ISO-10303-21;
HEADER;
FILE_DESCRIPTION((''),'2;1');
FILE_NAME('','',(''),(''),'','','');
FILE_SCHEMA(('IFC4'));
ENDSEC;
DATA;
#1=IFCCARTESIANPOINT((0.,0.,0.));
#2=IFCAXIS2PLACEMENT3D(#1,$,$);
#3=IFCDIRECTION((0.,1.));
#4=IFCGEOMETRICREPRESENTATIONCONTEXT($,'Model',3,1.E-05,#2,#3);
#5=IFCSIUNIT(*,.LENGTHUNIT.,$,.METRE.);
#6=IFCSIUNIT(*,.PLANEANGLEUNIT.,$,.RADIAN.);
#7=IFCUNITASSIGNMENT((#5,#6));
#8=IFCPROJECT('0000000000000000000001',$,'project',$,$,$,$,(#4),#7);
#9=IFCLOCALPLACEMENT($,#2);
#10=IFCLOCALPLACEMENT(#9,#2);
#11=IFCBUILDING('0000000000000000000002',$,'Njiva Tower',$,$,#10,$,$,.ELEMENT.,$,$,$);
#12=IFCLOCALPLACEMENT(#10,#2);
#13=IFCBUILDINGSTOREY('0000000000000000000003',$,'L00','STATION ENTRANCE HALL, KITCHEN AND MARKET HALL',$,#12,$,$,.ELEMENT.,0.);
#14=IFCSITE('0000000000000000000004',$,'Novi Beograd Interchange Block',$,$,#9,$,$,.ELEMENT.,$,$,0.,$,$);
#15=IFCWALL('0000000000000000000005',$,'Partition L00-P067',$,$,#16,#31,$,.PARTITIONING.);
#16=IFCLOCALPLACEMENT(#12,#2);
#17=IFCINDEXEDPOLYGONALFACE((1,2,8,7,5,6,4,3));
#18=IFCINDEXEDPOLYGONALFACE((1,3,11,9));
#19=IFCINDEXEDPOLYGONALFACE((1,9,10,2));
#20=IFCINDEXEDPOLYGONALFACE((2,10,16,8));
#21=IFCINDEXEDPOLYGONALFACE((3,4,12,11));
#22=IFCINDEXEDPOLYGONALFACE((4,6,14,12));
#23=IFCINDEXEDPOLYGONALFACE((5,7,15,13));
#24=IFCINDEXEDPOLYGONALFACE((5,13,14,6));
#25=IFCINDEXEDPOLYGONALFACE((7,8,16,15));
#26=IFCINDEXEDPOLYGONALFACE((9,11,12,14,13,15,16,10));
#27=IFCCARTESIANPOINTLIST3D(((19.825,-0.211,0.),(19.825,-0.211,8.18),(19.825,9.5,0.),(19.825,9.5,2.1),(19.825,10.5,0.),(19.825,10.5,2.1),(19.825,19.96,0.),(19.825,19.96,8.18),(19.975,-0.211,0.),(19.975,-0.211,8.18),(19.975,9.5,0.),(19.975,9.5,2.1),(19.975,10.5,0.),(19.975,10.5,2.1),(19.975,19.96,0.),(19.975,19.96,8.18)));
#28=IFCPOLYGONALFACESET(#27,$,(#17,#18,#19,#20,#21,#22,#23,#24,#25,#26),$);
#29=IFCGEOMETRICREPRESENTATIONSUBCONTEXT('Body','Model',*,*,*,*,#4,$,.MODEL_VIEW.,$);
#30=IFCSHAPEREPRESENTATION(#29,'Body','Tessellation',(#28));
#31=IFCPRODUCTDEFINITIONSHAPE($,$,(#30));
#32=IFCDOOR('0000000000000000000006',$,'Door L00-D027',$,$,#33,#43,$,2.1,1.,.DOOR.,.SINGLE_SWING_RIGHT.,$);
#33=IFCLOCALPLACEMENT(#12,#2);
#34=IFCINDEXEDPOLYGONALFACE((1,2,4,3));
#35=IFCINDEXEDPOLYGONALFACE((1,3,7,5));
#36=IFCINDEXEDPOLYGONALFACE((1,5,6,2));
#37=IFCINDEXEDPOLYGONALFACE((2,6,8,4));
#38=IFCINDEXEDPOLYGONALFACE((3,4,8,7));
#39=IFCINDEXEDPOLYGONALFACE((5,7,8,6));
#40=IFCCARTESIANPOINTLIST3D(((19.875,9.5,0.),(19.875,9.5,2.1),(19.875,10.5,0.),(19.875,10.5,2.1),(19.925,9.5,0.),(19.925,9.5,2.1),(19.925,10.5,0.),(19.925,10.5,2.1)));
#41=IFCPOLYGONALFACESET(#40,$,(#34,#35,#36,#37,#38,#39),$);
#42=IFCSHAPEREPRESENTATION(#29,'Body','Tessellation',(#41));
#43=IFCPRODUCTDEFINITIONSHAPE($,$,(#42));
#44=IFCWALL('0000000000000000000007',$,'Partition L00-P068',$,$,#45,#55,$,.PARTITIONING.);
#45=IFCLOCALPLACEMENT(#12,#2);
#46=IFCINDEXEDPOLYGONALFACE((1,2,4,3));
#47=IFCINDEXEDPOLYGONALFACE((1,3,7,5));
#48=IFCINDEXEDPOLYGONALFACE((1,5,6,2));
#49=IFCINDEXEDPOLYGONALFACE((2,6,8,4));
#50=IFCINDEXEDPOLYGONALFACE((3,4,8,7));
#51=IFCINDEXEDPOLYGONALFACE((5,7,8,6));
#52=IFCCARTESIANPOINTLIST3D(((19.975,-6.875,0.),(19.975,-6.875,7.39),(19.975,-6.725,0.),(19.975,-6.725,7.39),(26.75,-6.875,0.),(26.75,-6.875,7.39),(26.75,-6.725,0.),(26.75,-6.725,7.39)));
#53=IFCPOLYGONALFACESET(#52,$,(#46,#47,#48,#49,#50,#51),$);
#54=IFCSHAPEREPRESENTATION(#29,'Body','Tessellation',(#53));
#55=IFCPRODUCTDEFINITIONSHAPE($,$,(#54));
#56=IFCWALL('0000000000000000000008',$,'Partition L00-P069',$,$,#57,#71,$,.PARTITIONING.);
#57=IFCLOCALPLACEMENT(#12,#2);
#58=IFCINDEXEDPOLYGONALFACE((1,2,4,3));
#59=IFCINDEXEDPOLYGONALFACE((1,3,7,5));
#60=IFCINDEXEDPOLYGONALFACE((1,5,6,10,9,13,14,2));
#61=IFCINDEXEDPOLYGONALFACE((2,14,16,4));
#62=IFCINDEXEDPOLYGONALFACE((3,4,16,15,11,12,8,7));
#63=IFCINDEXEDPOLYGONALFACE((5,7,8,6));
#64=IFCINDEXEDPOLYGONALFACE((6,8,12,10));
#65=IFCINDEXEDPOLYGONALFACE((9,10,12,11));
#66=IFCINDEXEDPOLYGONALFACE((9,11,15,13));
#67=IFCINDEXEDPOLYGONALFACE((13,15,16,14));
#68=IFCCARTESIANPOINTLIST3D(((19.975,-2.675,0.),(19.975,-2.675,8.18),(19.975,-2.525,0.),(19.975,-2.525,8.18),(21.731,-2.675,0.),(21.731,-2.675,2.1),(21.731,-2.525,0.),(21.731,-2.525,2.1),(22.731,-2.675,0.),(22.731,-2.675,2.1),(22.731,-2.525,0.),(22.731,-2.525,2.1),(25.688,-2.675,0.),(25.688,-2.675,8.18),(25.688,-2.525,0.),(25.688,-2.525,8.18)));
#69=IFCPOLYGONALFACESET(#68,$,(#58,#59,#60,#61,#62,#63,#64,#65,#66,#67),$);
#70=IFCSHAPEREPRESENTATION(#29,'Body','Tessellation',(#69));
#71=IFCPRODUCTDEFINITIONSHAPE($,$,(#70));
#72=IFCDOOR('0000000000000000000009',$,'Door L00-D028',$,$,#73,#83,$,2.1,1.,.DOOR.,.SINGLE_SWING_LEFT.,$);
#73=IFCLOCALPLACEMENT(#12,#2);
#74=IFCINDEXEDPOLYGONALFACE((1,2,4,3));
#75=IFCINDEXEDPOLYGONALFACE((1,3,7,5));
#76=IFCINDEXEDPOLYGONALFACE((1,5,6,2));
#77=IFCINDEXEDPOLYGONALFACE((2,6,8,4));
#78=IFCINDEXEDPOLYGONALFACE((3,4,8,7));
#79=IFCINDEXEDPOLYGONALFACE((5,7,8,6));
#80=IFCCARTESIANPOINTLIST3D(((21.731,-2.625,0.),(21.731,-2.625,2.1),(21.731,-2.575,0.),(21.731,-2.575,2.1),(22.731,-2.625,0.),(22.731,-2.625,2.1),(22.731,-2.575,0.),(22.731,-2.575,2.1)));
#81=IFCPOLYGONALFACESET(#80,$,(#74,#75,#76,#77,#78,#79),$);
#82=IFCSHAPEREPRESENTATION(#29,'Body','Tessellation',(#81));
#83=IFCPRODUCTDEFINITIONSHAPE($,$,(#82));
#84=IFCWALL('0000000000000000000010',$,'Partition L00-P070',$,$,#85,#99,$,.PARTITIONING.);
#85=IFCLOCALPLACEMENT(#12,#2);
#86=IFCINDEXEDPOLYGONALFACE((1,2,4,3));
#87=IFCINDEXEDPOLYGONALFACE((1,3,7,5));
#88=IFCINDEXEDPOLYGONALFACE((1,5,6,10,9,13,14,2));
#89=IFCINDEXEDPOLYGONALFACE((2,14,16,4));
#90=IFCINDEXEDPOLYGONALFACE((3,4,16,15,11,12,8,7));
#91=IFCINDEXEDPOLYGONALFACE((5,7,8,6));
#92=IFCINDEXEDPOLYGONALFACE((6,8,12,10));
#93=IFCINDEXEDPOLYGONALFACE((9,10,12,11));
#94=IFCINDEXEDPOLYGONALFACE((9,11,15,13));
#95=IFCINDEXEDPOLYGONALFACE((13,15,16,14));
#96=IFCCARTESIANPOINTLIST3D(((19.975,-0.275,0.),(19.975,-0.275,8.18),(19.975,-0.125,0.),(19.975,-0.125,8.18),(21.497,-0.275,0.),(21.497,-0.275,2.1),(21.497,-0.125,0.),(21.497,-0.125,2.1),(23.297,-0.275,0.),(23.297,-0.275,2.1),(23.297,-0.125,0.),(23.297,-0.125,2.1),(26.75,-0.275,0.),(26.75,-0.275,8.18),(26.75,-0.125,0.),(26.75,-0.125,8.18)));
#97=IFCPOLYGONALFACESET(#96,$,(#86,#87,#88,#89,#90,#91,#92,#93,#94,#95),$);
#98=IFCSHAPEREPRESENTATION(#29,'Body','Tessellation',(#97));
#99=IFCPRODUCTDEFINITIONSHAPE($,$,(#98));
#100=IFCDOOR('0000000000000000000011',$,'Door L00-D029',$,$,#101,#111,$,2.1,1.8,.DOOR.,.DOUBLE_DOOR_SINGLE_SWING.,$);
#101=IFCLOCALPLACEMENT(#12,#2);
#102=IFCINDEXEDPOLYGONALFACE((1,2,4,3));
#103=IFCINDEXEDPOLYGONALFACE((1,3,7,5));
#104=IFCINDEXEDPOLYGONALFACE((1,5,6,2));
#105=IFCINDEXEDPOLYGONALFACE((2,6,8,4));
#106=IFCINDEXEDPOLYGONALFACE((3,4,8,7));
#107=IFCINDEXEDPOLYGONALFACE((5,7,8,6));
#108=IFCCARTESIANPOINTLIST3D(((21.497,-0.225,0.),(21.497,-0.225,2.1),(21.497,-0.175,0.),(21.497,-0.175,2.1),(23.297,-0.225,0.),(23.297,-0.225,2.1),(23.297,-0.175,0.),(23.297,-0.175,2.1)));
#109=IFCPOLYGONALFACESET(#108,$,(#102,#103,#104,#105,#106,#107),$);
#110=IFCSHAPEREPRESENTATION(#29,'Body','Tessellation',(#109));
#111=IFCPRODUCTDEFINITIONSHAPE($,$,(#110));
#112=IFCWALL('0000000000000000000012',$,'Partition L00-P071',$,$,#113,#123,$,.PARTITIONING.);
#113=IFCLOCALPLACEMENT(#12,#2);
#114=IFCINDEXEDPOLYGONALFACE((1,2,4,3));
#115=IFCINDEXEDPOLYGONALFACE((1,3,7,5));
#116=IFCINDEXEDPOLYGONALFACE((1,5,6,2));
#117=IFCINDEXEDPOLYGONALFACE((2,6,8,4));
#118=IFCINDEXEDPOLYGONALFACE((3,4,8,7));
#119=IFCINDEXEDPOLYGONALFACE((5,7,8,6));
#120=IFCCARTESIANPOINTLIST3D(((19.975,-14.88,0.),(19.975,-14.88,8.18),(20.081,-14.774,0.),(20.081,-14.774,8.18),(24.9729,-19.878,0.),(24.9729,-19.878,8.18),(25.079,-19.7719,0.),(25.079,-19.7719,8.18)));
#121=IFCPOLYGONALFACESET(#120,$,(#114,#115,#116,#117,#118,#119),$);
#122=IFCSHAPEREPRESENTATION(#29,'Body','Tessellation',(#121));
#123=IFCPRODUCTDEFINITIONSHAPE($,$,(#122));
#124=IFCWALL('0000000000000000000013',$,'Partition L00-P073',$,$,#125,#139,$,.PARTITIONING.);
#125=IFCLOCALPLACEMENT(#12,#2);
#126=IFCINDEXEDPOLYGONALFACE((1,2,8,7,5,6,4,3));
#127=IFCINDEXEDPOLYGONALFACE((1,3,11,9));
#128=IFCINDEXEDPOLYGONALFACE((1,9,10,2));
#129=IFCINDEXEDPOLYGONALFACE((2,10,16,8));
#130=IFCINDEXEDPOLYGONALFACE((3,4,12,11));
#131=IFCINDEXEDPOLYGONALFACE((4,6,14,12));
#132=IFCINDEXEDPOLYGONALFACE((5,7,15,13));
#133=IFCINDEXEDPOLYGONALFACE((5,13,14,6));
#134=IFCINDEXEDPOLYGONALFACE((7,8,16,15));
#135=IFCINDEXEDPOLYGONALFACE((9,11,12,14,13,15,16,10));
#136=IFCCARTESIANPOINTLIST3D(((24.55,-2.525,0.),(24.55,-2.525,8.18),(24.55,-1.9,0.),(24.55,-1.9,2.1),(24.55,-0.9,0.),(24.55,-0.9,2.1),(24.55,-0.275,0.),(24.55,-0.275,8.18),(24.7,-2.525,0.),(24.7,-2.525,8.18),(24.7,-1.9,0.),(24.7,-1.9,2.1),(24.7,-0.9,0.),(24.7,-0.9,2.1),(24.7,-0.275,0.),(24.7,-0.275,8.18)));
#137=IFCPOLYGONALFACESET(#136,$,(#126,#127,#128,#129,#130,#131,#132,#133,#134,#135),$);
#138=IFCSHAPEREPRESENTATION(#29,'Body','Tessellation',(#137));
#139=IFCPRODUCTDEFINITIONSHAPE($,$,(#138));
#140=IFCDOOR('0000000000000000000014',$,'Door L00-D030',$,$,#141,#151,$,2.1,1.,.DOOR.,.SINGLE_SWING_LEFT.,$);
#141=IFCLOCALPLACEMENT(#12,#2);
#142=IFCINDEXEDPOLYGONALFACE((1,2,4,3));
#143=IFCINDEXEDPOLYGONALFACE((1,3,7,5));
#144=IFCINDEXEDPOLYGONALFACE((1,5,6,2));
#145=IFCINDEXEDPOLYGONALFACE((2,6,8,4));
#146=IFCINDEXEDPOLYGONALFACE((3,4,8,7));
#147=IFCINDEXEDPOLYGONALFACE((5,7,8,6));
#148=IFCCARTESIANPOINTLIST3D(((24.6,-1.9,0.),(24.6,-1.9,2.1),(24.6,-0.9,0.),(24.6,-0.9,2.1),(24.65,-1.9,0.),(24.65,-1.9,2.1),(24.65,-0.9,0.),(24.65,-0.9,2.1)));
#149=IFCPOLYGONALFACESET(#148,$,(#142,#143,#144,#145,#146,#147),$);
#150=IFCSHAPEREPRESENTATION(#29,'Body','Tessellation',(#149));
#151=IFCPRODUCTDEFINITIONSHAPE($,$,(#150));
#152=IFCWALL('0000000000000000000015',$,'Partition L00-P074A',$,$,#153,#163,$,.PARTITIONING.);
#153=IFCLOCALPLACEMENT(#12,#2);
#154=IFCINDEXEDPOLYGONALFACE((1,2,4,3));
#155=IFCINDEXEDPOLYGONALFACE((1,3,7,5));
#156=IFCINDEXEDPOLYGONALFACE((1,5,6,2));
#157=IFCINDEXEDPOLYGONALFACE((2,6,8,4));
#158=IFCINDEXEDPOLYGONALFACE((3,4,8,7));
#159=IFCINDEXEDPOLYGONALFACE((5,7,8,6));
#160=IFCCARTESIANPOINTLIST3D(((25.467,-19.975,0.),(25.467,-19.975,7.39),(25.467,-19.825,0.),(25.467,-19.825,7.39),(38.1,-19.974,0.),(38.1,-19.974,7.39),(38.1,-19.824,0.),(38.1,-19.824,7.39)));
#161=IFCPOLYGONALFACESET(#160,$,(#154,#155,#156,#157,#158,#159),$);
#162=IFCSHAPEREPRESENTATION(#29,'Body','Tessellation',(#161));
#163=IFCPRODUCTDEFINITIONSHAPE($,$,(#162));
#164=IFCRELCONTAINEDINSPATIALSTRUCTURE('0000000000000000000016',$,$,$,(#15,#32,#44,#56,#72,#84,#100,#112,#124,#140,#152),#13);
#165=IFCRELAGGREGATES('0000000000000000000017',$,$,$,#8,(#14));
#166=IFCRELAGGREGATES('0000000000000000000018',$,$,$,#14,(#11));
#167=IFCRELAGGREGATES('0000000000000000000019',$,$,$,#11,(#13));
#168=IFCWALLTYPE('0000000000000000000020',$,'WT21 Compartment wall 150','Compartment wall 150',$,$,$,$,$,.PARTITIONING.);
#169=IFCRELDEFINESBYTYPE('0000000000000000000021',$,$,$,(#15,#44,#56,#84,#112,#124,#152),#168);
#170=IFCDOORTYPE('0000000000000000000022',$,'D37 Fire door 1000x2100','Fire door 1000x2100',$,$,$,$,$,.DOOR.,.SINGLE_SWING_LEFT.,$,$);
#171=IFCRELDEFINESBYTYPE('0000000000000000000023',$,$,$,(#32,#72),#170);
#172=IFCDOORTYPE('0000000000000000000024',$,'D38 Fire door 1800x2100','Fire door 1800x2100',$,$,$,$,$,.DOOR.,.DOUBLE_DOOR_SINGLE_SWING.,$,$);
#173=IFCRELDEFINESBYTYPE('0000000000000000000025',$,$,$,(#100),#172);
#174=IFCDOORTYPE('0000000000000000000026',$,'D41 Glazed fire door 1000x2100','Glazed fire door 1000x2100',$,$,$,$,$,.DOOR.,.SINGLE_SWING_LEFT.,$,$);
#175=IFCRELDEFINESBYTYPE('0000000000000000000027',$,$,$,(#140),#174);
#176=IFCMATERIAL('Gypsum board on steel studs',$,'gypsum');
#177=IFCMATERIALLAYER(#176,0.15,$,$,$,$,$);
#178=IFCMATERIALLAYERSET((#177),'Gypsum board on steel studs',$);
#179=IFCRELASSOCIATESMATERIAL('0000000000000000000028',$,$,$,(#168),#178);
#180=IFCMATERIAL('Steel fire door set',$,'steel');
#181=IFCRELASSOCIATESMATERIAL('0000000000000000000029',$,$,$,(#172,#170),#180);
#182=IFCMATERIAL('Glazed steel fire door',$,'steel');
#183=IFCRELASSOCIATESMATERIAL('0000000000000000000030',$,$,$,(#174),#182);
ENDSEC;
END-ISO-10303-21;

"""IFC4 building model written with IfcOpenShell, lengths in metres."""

from ifc_helpers import new_model, si_unit, direction, frame, frame_2d, origin, place, context, subcontext, project, spatial, rectangle, extrude, material, layer, layer_set, type_object, element, fill, save


model = new_model("IFC4")

# Units and contexts
model_context = context("Model", 3, precision=1e-05, world=origin(), true_north=direction((0.0, 1.0)))
body_context = subcontext(model_context, "Body", "Model", "MODEL_VIEW")
ifc_project = project(units=[si_unit("LENGTHUNIT", "METRE"), si_unit("PLANEANGLEUNIT", "RADIAN")], contexts=[model_context])

# Site, building, storey
site_placement = place(None, origin())
site = spatial("IfcSite", under=ifc_project, at=site_placement, Name="Novi Beograd Interchange Block", CompositionType="ELEMENT", RefElevation=0.0)
building_placement = place(site_placement, origin())
building = spatial("IfcBuilding", under=site, at=building_placement, Name="Njiva Tower", CompositionType="ELEMENT")
storey_placement = place(building_placement, origin())
storey = spatial("IfcBuildingStorey", under=building, at=storey_placement, Name="L00", Description="STATION ENTRANCE HALL, KITCHEN AND MARKET HALL", CompositionType="ELEMENT", Elevation=0.0)

# Shared definitions
ifc_material_1 = material(Name="Gypsum board on steel studs", Category="gypsum")
ifc_layer = layer(ifc_material_1, 0.15)
ifc_layer_set = layer_set([ifc_layer], Name="Gypsum board on steel studs")
wall_type = type_object("IfcWallType", Name="WT21 Compartment wall 150", Description="Compartment wall 150", PredefinedType="PARTITIONING", material=ifc_layer_set)

# Shared definitions
ifc_material_2 = material(Name="Steel fire door set", Category="steel")
door_type_1 = type_object("IfcDoorType", Name="D38 Fire door 1800x2100", Description="Fire door 1800x2100", OperationType="DOUBLE_DOOR_SINGLE_SWING", PredefinedType="DOOR", material=ifc_material_2)

# Wall, opening, door
door_type_2 = type_object("IfcDoorType", Name="D37 Fire door 1000x2100", Description="Fire door 1000x2100", OperationType="SINGLE_SWING_LEFT", PredefinedType="DOOR", material=ifc_material_2)
wall_1_placement = place(storey_placement, frame((19.9, -0.211, 0.0), z_axis=(0.0, 0.0, 1.0), x_axis=(0.0, 1.0, 0.0)))
wall_1 = element("IfcWall", 1, at=wall_1_placement, inside=storey, type_object=wall_type, Name="Partition L00-P067", PredefinedType="PARTITIONING", context=body_context, shape_type="SweptSolid", body=[
    extrude(rectangle(XDim=20.171, YDim=0.15, at=frame_2d((10.0855, 0.0))), origin(), (0.0, 0.0, 1.0), 8.18),
])
opening_1_placement = place(wall_1_placement, frame((9.711, 0.0, 0.0)))
opening_1 = element("IfcOpeningElement", 2, at=opening_1_placement, cuts=wall_1, PredefinedType="OPENING", context=body_context, shape_type="SweptSolid", body=[
    extrude(rectangle(XDim=1.0, YDim=2.1, at=frame_2d((0.5, 1.05))), frame((0.0, 0.085, 0.0), z_axis=(0.0, -1.0, 0.0), x_axis=(1.0, 0.0, 0.0)), (0.0, 0.0, 1.0), 0.17),
])
door_1_placement = place(opening_1_placement, origin())
door_1 = element("IfcDoor", 3, at=door_1_placement, inside=storey, type_object=door_type_2, Name="Door L00-D027", OperationType="SINGLE_SWING_RIGHT", OverallHeight=2.1, OverallWidth=1.0, PredefinedType="DOOR", context=body_context, shape_type="SweptSolid", body=[
    extrude(rectangle(XDim=1.0, YDim=2.1, at=frame_2d((0.5, 1.05))), frame((0.0, 0.025, 0.0), z_axis=(0.0, -1.0, 0.0), x_axis=(1.0, 0.0, 0.0)), (0.0, 0.0, 1.0), 0.05),
])
fill(opening_1, door_1)

# Wall
wall_2_placement = place(storey_placement, frame((19.975, -6.8, 0.0), z_axis=(0.0, 0.0, 1.0), x_axis=(1.0, 0.0, 0.0)))
element("IfcWall", 4, at=wall_2_placement, inside=storey, type_object=wall_type, Name="Partition L00-P068", PredefinedType="PARTITIONING", context=body_context, shape_type="SweptSolid", body=[
    extrude(rectangle(XDim=6.775, YDim=0.15, at=frame_2d((3.3875, 0.0))), origin(), (0.0, 0.0, 1.0), 7.39),
])

# Walls, openings, doors
wall_3_placement = place(storey_placement, frame((19.975, -2.6, 0.0), z_axis=(0.0, 0.0, 1.0), x_axis=(1.0, 0.0, 0.0)))
wall_3 = element("IfcWall", 5, at=wall_3_placement, inside=storey, type_object=wall_type, Name="Partition L00-P069", PredefinedType="PARTITIONING", context=body_context, shape_type="SweptSolid", body=[
    extrude(rectangle(XDim=5.713, YDim=0.15, at=frame_2d((2.8565, 0.0))), origin(), (0.0, 0.0, 1.0), 8.18),
])
opening_2_placement = place(wall_3_placement, frame((1.756, 0.0, 0.0)))
opening_2 = element("IfcOpeningElement", 6, at=opening_2_placement, cuts=wall_3, PredefinedType="OPENING", context=body_context, shape_type="SweptSolid", body=[
    extrude(rectangle(XDim=1.0, YDim=2.1, at=frame_2d((0.5, 1.05))), frame((0.0, 0.085, 0.0), z_axis=(0.0, -1.0, 0.0), x_axis=(1.0, 0.0, 0.0)), (0.0, 0.0, 1.0), 0.17),
])
door_2_placement = place(opening_2_placement, origin())
door_2 = element("IfcDoor", 7, at=door_2_placement, inside=storey, type_object=door_type_2, Name="Door L00-D028", OperationType="SINGLE_SWING_LEFT", OverallHeight=2.1, OverallWidth=1.0, PredefinedType="DOOR", context=body_context, shape_type="SweptSolid", body=[
    extrude(rectangle(XDim=1.0, YDim=2.1, at=frame_2d((0.5, 1.05))), frame((0.0, 0.025, 0.0), z_axis=(0.0, -1.0, 0.0), x_axis=(1.0, 0.0, 0.0)), (0.0, 0.0, 1.0), 0.05),
])
fill(opening_2, door_2)
wall_4_placement = place(storey_placement, frame((19.975, -0.2, 0.0), z_axis=(0.0, 0.0, 1.0), x_axis=(1.0, 0.0, 0.0)))
wall_4 = element("IfcWall", 8, at=wall_4_placement, inside=storey, type_object=wall_type, Name="Partition L00-P070", PredefinedType="PARTITIONING", context=body_context, shape_type="SweptSolid", body=[
    extrude(rectangle(XDim=6.775, YDim=0.15, at=frame_2d((3.3875, 0.0))), origin(), (0.0, 0.0, 1.0), 8.18),
])
opening_3_placement = place(wall_4_placement, frame((1.522, 0.0, 0.0)))
opening_3 = element("IfcOpeningElement", 9, at=opening_3_placement, cuts=wall_4, PredefinedType="OPENING", context=body_context, shape_type="SweptSolid", body=[
    extrude(rectangle(XDim=1.8, YDim=2.1, at=frame_2d((0.9, 1.05))), frame((0.0, 0.085, 0.0), z_axis=(0.0, -1.0, 0.0), x_axis=(1.0, 0.0, 0.0)), (0.0, 0.0, 1.0), 0.17),
])
door_3_placement = place(opening_3_placement, origin())
door_3 = element("IfcDoor", 10, at=door_3_placement, inside=storey, type_object=door_type_1, Name="Door L00-D029", OperationType="DOUBLE_DOOR_SINGLE_SWING", OverallHeight=2.1, OverallWidth=1.8, PredefinedType="DOOR", context=body_context, shape_type="SweptSolid", body=[
    extrude(rectangle(XDim=1.8, YDim=2.1, at=frame_2d((0.9, 1.05))), frame((0.0, 0.025, 0.0), z_axis=(0.0, -1.0, 0.0), x_axis=(1.0, 0.0, 0.0)), (0.0, 0.0, 1.0), 0.05),
])
fill(opening_3, door_3)

# Wall
wall_5_placement = place(storey_placement, frame((20.028, -14.827, 0.0), z_axis=(0.0, 0.0, 1.0), x_axis=(0.707107, -0.707107, 0.0)))
element("IfcWall", 11, at=wall_5_placement, inside=storey, type_object=wall_type, Name="Partition L00-P071", PredefinedType="PARTITIONING", context=body_context, shape_type="SweptSolid", body=[
    extrude(rectangle(XDim=7.0682, YDim=0.15, at=frame_2d((3.5341, 0.0))), origin(), (0.0, 0.0, 1.0), 8.18),
])

# Wall, opening, door
wall_6_placement = place(storey_placement, frame((24.625, -2.525, 0.0), z_axis=(0.0, 0.0, 1.0), x_axis=(0.0, 1.0, 0.0)))
wall_6 = element("IfcWall", 12, at=wall_6_placement, inside=storey, type_object=wall_type, Name="Partition L00-P073", PredefinedType="PARTITIONING", context=body_context, shape_type="SweptSolid", body=[
    extrude(rectangle(XDim=2.25, YDim=0.15, at=frame_2d((1.125, 0.0))), origin(), (0.0, 0.0, 1.0), 8.18),
])
opening_4_placement = place(wall_6_placement, frame((0.625, 0.0, 0.0)))
opening_4 = element("IfcOpeningElement", 13, at=opening_4_placement, cuts=wall_6, PredefinedType="OPENING", context=body_context, shape_type="SweptSolid", body=[
    extrude(rectangle(XDim=1.0, YDim=2.1, at=frame_2d((0.5, 1.05))), frame((0.0, 0.085, 0.0), z_axis=(0.0, -1.0, 0.0), x_axis=(1.0, 0.0, 0.0)), (0.0, 0.0, 1.0), 0.17),
])
ifc_material_3 = material(Name="Glazed steel fire door", Category="steel")
door_type_3 = type_object("IfcDoorType", Name="D41 Glazed fire door 1000x2100", Description="Glazed fire door 1000x2100", OperationType="SINGLE_SWING_LEFT", PredefinedType="DOOR", material=ifc_material_3)
door_4_placement = place(opening_4_placement, origin())
door_4 = element("IfcDoor", 14, at=door_4_placement, inside=storey, type_object=door_type_3, Name="Door L00-D030", OperationType="SINGLE_SWING_LEFT", OverallHeight=2.1, OverallWidth=1.0, PredefinedType="DOOR", context=body_context, shape_type="SweptSolid", body=[
    extrude(rectangle(XDim=1.0, YDim=2.1, at=frame_2d((0.5, 1.05))), frame((0.0, 0.025, 0.0), z_axis=(0.0, -1.0, 0.0), x_axis=(1.0, 0.0, 0.0)), (0.0, 0.0, 1.0), 0.05),
])
fill(opening_4, door_4)

# Wall
wall_7_placement = place(storey_placement, frame((25.467, -19.9, 0.0), z_axis=(0.0, 0.0, 1.0), x_axis=(1.0, 0.000079, 0.0)))
element("IfcWall", 15, at=wall_7_placement, inside=storey, type_object=wall_type, Name="Partition L00-P074A", PredefinedType="PARTITIONING", context=body_context, shape_type="SweptSolid", body=[
    extrude(rectangle(XDim=12.633, YDim=0.15, at=frame_2d((6.3165, 0.0))), origin(), (0.0, 0.0, 1.0), 7.39),
])

save(model, "model.ifc")
